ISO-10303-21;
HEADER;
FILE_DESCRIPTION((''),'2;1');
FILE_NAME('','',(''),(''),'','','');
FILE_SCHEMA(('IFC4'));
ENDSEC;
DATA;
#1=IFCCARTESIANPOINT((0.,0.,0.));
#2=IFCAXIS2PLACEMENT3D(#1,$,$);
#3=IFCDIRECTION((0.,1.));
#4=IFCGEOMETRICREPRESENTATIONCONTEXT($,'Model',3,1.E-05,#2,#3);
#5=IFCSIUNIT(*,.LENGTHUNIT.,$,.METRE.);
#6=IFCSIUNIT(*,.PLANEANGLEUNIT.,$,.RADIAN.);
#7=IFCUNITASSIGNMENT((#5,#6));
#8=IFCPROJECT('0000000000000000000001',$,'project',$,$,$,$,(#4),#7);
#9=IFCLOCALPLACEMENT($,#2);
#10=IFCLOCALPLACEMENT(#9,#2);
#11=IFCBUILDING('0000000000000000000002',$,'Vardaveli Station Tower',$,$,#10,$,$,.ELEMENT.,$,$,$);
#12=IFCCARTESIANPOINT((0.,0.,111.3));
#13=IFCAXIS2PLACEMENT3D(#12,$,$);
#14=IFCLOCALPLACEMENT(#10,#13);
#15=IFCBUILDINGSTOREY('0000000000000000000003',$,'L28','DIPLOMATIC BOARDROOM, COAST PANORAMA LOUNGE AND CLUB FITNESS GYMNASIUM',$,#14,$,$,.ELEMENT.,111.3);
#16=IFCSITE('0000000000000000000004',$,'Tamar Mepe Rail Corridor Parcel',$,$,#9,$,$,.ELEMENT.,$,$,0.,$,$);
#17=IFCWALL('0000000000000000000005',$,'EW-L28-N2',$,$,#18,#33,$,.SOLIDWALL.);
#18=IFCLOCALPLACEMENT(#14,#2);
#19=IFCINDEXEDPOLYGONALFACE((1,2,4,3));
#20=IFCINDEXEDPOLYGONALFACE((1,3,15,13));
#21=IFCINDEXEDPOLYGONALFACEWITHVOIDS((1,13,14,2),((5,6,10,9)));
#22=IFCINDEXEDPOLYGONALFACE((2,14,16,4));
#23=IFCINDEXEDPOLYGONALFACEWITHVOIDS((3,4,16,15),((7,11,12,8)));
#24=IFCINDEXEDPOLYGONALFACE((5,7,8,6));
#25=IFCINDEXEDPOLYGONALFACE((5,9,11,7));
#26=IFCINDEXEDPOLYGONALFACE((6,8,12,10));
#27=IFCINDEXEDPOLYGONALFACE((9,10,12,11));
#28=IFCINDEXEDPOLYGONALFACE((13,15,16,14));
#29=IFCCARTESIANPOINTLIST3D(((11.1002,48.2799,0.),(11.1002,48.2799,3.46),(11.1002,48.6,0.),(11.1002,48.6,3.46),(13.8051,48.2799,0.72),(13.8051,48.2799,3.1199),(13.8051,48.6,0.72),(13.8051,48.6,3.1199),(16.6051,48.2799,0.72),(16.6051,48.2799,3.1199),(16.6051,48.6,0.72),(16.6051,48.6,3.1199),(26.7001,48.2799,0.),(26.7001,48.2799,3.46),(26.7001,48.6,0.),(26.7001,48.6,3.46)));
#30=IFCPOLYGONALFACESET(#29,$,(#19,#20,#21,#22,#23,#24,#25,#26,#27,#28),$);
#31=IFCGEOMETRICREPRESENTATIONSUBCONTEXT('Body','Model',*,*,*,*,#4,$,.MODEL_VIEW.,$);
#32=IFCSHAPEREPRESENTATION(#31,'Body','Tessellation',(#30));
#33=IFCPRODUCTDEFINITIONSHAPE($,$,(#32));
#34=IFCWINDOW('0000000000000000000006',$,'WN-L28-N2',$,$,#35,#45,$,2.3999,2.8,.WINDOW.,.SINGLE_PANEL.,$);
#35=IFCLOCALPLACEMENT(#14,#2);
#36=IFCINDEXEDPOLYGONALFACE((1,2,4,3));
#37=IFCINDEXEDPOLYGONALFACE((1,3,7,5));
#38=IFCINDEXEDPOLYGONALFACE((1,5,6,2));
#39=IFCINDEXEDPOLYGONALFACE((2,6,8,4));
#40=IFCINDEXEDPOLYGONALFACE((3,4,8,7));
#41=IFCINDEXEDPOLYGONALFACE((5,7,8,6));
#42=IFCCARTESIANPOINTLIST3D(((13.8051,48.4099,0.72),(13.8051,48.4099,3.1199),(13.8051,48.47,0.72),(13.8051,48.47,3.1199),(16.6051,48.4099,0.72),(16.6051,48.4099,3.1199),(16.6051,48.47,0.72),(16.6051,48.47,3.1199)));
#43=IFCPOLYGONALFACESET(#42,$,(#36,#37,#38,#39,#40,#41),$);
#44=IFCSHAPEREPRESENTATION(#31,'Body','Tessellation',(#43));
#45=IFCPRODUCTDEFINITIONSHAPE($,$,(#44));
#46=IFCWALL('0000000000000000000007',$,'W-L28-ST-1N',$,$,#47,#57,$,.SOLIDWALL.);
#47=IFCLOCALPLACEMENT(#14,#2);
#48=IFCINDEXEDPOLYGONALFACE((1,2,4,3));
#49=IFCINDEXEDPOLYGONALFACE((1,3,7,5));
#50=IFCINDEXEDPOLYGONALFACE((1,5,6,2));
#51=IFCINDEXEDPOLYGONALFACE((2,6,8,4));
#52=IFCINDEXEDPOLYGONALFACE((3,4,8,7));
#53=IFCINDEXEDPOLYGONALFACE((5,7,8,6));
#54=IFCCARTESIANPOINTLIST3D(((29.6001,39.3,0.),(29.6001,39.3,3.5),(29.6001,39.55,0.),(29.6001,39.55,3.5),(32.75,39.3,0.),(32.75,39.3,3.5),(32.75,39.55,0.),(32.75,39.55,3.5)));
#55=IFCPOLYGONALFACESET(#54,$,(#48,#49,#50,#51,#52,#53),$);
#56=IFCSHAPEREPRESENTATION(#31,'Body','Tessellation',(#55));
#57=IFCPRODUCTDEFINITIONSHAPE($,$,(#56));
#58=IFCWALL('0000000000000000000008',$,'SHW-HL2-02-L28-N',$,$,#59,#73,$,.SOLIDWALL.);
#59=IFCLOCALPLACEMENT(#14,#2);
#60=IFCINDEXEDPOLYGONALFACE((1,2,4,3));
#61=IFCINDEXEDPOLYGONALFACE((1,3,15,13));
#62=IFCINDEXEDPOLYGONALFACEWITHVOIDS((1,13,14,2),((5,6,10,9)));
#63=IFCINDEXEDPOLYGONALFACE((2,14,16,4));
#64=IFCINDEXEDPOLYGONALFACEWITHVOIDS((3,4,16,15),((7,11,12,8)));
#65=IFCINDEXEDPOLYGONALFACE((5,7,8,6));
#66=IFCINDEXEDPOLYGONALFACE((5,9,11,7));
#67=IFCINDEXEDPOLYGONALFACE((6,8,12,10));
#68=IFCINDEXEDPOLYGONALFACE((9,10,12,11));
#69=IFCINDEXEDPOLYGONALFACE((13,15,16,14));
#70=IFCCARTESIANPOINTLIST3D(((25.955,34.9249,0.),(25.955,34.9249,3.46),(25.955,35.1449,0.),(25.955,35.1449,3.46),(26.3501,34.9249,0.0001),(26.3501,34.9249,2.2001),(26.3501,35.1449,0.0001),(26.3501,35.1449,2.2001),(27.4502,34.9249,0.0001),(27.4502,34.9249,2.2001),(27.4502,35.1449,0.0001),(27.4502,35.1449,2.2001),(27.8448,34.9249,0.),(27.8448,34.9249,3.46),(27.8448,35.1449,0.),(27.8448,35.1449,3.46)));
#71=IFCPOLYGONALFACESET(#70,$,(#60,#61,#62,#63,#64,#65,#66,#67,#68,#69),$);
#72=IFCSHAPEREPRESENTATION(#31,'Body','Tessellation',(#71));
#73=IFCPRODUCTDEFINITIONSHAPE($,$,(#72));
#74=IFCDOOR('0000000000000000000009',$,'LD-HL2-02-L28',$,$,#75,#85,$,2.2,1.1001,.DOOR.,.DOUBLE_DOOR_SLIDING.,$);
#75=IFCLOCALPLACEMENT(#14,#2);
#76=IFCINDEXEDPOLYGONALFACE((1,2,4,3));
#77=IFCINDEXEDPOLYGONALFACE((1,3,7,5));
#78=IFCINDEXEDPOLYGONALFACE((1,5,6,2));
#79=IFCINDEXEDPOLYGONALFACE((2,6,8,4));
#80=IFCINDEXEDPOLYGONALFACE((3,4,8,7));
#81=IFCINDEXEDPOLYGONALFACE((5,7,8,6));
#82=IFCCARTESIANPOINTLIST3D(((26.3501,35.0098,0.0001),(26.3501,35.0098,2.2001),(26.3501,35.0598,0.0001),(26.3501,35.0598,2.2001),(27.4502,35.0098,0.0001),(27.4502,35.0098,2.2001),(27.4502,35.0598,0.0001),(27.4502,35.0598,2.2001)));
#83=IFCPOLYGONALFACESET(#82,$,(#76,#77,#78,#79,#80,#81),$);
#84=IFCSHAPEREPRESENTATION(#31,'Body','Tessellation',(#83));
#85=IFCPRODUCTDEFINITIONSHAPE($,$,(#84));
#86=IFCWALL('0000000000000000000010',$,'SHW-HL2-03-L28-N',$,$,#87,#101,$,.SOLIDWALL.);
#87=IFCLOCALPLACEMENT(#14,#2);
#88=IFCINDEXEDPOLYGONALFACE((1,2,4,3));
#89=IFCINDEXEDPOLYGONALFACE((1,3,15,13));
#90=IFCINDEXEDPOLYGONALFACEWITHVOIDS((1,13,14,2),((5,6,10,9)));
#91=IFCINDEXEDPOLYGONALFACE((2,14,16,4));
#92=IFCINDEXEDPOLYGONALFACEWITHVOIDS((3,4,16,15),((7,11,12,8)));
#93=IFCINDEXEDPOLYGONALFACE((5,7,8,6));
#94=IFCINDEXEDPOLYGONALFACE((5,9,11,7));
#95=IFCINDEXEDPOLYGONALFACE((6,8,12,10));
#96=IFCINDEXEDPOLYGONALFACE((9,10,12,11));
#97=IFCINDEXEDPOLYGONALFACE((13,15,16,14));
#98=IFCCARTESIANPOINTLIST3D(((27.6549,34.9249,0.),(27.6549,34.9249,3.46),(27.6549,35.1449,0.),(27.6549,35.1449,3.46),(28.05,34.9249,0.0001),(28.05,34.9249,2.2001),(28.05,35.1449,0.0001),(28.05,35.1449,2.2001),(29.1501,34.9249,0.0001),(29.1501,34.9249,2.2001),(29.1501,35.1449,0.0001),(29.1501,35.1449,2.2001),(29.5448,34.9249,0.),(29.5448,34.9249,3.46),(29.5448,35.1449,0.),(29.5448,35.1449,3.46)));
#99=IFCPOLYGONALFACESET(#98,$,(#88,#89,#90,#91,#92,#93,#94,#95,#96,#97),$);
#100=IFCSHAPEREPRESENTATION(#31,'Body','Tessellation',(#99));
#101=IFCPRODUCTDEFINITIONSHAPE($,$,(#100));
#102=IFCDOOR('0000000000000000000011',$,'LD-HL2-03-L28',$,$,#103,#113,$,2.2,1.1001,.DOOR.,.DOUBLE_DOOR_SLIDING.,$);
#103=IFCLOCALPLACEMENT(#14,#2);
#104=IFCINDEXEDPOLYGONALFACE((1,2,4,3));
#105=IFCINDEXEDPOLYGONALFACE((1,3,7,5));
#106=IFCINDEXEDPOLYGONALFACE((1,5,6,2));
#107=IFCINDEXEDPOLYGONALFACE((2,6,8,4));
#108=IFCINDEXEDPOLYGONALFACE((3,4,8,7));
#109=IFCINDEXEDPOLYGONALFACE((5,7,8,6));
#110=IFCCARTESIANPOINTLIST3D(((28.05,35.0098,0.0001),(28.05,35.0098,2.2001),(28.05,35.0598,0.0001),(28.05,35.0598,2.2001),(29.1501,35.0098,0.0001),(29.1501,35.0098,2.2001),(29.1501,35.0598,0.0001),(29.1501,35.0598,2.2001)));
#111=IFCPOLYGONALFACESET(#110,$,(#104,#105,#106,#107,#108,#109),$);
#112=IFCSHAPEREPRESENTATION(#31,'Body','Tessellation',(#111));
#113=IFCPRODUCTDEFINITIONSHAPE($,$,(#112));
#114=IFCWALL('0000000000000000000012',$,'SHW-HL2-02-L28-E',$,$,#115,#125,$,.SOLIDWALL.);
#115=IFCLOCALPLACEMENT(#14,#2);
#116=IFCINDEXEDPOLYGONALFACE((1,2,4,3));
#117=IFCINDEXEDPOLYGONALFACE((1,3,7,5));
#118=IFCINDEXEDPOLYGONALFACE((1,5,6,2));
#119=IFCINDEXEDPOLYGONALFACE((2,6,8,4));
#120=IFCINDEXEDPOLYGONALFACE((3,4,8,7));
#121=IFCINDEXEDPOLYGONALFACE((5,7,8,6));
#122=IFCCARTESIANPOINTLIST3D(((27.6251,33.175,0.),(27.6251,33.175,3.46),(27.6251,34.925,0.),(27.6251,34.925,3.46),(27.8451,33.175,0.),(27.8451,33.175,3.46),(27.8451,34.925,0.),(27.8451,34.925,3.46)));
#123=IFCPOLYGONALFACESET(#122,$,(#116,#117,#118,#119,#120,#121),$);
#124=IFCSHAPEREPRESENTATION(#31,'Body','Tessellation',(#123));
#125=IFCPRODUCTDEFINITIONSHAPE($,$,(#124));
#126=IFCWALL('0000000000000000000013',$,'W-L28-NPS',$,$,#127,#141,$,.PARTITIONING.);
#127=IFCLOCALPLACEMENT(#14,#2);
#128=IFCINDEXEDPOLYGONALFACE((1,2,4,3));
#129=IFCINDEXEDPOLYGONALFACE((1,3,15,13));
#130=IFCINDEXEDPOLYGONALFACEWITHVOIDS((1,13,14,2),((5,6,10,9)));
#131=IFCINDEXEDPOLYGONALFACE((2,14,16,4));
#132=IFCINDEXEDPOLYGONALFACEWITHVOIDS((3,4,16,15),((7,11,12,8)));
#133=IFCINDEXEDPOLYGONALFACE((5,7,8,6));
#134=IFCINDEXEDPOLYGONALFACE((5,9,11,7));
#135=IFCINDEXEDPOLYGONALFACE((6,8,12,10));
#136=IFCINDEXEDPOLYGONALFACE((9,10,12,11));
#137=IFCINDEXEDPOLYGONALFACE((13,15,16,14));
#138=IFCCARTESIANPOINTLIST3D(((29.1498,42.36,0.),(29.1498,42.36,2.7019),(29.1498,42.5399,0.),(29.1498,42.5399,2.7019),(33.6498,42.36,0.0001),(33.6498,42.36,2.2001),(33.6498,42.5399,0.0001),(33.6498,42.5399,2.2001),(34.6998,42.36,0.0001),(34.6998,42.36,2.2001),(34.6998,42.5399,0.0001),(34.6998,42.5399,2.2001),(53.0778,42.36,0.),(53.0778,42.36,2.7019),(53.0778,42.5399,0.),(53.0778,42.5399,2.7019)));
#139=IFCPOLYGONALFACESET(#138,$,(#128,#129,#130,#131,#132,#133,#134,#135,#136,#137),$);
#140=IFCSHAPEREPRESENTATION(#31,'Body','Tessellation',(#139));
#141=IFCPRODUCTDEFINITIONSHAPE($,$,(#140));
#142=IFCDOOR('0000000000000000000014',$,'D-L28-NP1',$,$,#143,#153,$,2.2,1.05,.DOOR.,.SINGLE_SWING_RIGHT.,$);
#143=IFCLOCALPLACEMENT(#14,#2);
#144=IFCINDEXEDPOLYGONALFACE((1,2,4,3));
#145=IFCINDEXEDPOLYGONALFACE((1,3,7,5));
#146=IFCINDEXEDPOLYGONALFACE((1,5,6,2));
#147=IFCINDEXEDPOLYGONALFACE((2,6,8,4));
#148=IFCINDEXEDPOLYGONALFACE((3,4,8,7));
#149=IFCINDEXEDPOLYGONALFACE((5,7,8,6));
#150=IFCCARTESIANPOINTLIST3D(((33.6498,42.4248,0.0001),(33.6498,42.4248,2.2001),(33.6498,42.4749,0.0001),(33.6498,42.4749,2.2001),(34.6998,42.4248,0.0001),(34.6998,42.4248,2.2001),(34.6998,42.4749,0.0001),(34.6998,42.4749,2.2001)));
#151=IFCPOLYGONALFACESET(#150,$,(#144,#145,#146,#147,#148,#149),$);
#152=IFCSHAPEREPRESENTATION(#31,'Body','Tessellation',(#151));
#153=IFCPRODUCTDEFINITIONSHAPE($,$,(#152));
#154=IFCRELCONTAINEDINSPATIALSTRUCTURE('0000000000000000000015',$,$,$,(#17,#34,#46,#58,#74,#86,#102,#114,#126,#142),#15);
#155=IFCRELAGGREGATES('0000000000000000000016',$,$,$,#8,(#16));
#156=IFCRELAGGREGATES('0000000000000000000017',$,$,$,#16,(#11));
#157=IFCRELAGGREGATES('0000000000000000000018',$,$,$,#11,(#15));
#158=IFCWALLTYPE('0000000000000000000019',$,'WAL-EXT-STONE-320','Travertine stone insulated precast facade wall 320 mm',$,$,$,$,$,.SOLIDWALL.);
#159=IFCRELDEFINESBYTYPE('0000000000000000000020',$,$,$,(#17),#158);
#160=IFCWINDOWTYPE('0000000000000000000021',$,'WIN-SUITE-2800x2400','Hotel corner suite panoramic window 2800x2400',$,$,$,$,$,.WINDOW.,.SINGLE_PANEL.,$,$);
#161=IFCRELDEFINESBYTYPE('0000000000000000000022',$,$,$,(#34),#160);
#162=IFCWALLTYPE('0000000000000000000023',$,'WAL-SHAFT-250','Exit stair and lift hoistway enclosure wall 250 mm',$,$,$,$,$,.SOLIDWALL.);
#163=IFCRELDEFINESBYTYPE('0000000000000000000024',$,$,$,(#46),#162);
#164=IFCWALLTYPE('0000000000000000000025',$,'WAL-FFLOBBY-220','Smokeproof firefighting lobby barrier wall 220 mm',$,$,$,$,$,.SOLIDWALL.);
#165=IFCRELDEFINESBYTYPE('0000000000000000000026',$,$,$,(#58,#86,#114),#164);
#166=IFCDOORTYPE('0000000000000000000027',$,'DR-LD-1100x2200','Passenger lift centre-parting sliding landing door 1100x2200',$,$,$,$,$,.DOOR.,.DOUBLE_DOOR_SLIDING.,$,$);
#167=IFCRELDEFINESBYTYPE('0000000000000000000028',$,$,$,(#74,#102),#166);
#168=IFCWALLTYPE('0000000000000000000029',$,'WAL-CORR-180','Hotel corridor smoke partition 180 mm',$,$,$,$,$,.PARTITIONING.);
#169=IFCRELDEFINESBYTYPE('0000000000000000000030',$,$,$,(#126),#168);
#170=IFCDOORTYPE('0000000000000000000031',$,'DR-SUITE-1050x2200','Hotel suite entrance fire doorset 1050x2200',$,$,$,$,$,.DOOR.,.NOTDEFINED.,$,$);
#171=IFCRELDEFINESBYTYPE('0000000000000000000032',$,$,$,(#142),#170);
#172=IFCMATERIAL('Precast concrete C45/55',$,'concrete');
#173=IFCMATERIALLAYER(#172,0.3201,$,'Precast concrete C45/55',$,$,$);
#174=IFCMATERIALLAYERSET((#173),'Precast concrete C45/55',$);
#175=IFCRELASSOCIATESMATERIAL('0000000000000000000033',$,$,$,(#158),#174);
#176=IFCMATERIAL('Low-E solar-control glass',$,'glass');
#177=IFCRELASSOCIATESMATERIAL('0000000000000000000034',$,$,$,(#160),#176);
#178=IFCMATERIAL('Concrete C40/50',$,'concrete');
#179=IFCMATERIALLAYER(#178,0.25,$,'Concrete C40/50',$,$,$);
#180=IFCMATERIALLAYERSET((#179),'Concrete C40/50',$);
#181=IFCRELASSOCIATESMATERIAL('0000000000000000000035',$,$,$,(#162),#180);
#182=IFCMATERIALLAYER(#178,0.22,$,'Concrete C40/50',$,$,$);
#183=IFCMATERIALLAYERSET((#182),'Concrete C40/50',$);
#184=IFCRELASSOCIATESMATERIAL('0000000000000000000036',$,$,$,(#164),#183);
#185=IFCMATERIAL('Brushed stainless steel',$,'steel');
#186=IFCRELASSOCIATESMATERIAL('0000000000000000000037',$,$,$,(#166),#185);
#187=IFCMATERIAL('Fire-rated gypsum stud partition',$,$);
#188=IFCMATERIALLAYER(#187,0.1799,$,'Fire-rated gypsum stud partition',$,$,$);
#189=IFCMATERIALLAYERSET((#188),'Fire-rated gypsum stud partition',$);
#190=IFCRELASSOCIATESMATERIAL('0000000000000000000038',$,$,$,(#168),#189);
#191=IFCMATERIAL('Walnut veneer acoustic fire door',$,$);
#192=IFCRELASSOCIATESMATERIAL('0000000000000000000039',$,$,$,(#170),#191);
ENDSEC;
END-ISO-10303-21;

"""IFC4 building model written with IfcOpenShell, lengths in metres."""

from ifc_helpers import new_model, si_unit, direction, frame, frame_2d, origin, place, context, subcontext, project, spatial, rectangle, extrude, source, transform, mapped, material, layer, layer_set, type_object, element, fill, save


model = new_model("IFC4")

# Units and contexts
model_context = context("Model", 3, precision=1e-05, world=origin(), true_north=direction((0.0, 1.0)))
body_context = subcontext(model_context, "Body", "Model", "MODEL_VIEW")
ifc_project = project(units=[si_unit("LENGTHUNIT", "METRE"), si_unit("PLANEANGLEUNIT", "RADIAN")], contexts=[model_context])

# Site, building, storey
site_placement = place(None, origin())
site = spatial("IfcSite", under=ifc_project, at=site_placement, Name="Tamar Mepe Rail Corridor Parcel", CompositionType="ELEMENT", RefElevation=0.0)
building_placement = place(site_placement, origin())
building = spatial("IfcBuilding", under=site, at=building_placement, Name="Vardaveli Station Tower", CompositionType="ELEMENT")
storey_placement = place(building_placement, frame((0.0, 0.0, 111.3)))
storey = spatial("IfcBuildingStorey", under=building, at=storey_placement, Name="L28", Description="DIPLOMATIC BOARDROOM, COAST PANORAMA LOUNGE AND CLUB FITNESS GYMNASIUM", CompositionType="ELEMENT", Elevation=111.3)

# Shared definitions
ifc_material_1 = material(Name="Precast concrete C45/55", Category="concrete")

# Wall, opening, window
ifc_layer_1 = layer(ifc_material_1, 0.3201, Name="Precast concrete C45/55")
ifc_layer_set_1 = layer_set([ifc_layer_1], Name="Precast concrete C45/55")
wall_type_1 = type_object("IfcWallType", Name="WAL-EXT-STONE-320", Description="Travertine stone insulated precast facade wall 320 mm", PredefinedType="SOLIDWALL", material=ifc_layer_set_1)
shared_shape_1 = source(origin(), body_context, "Body", "SweptSolid", [
    extrude(rectangle(XDim=15.5999, YDim=0.3201, at=frame_2d((7.7998, 0.0))), origin(), (0.0, 0.0, 1.0), 3.46),
])
wall_1_placement = place(storey_placement, frame((26.7, 48.4399, 0.0), z_axis=(0.0, 0.0, 1.0), x_axis=(-1.0, 0.0, 0.0)))
wall_1 = element("IfcWall", 1, at=wall_1_placement, inside=storey, type_object=wall_type_1, Name="EW-L28-N2", PredefinedType="SOLIDWALL", context=body_context, shape_type="MappedRepresentation", body=[
    mapped(shared_shape_1, transform((0.0, 0.0, 0.0), scale=1.0)),
])
shared_shape_2 = source(origin(), body_context, "Body", "SweptSolid", [
    extrude(rectangle(XDim=2.8, YDim=2.3999, at=frame_2d((1.3999, 1.2))), frame((0.0, 0.1699, 0.0), z_axis=(0.0, -1.0, 0.0), x_axis=(1.0, 0.0, 0.0)), (0.0, 0.0, 1.0), 0.3401),
])
opening_1_placement = place(wall_1_placement, frame((10.095, 0.0, 0.72)))
opening_1 = element("IfcOpeningElement", 2, at=opening_1_placement, cuts=wall_1, PredefinedType="OPENING", context=body_context, shape_type="MappedRepresentation", body=[
    mapped(shared_shape_2, transform((0.0, 0.0, 0.0), scale=1.0)),
])
ifc_material_2 = material(Name="Low-E solar-control glass", Category="glass")
window_type = type_object("IfcWindowType", Name="WIN-SUITE-2800x2400", Description="Hotel corner suite panoramic window 2800x2400", PartitioningType="SINGLE_PANEL", PredefinedType="WINDOW", material=ifc_material_2)
shared_shape_3 = source(origin(), body_context, "Body", "SweptSolid", [
    extrude(rectangle(XDim=2.8, YDim=2.3999, at=frame_2d((1.3999, 1.2))), frame((0.0, 0.03, 0.0), z_axis=(0.0, -1.0, 0.0), x_axis=(1.0, 0.0, 0.0)), (0.0, 0.0, 1.0), 0.0601),
])
window_placement = place(opening_1_placement, origin())
window = element("IfcWindow", 3, at=window_placement, inside=storey, type_object=window_type, Name="WN-L28-N2", OverallHeight=2.3999, OverallWidth=2.8, PartitioningType="SINGLE_PANEL", PredefinedType="WINDOW", context=body_context, shape_type="MappedRepresentation", body=[
    mapped(shared_shape_3, transform((0.0, 0.0, 0.0), scale=1.0)),
])
fill(opening_1, window)

# Wall
ifc_material_3 = material(Name="Concrete C40/50", Category="concrete")
ifc_layer_2 = layer(ifc_material_3, 0.25, Name="Concrete C40/50")
ifc_layer_set_2 = layer_set([ifc_layer_2], Name="Concrete C40/50")
wall_type_2 = type_object("IfcWallType", Name="WAL-SHAFT-250", Description="Exit stair and lift hoistway enclosure wall 250 mm", PredefinedType="SOLIDWALL", material=ifc_layer_set_2)
shared_shape_4 = source(origin(), body_context, "Body", "SweptSolid", [
    extrude(rectangle(XDim=3.1499, YDim=0.25, at=frame_2d((1.575, 0.0))), origin(), (0.0, 0.0, 1.0), 3.5),
])
wall_2_placement = place(storey_placement, frame((29.6001, 39.425, 0.0), z_axis=(0.0, 0.0, 1.0), x_axis=(1.0, 0.0, 0.0)))
element("IfcWall", 4, at=wall_2_placement, inside=storey, type_object=wall_type_2, Name="W-L28-ST-1N", PredefinedType="SOLIDWALL", context=body_context, shape_type="MappedRepresentation", body=[
    mapped(shared_shape_4, transform((0.0, 0.0, 0.0), scale=1.0)),
])

# Walls, openings, doors
ifc_layer_3 = layer(ifc_material_3, 0.22, Name="Concrete C40/50")
ifc_layer_set_3 = layer_set([ifc_layer_3], Name="Concrete C40/50")
wall_type_3 = type_object("IfcWallType", Name="WAL-FFLOBBY-220", Description="Smokeproof firefighting lobby barrier wall 220 mm", PredefinedType="SOLIDWALL", material=ifc_layer_set_3)
shared_shape_5 = source(origin(), body_context, "Body", "SweptSolid", [
    extrude(rectangle(XDim=1.8899, YDim=0.22, at=frame_2d((0.9448, 0.0))), origin(), (0.0, 0.0, 1.0), 3.46),
])
wall_3_placement = place(storey_placement, frame((25.9551, 35.0349, 0.0), z_axis=(0.0, 0.0, 1.0), x_axis=(1.0, 0.0, 0.0)))
wall_3 = element("IfcWall", 5, at=wall_3_placement, inside=storey, type_object=wall_type_3, Name="SHW-HL2-02-L28-N", PredefinedType="SOLIDWALL", context=body_context, shape_type="MappedRepresentation", body=[
    mapped(shared_shape_5, transform((0.0, 0.0, 0.0), scale=1.0)),
])
shared_shape_6 = source(origin(), body_context, "Body", "SweptSolid", [
    extrude(rectangle(XDim=1.1001, YDim=2.2, at=frame_2d((0.55, 1.1001))), frame((0.0, 0.1201, 0.0), z_axis=(0.0, -1.0, 0.0), x_axis=(1.0, 0.0, 0.0)), (0.0, 0.0, 1.0), 0.24),
])
opening_2_placement = place(wall_3_placement, frame((0.395, 0.0, 0.0)))
opening_2 = element("IfcOpeningElement", 6, at=opening_2_placement, cuts=wall_3, PredefinedType="OPENING", context=body_context, shape_type="MappedRepresentation", body=[
    mapped(shared_shape_6, transform((0.0, 0.0, 0.0), scale=1.0)),
])
ifc_material_4 = material(Name="Brushed stainless steel", Category="steel")
door_type_1 = type_object("IfcDoorType", Name="DR-LD-1100x2200", Description="Passenger lift centre-parting sliding landing door 1100x2200", OperationType="DOUBLE_DOOR_SLIDING", PredefinedType="DOOR", material=ifc_material_4)
shared_shape_7 = source(origin(), body_context, "Body", "SweptSolid", [
    extrude(rectangle(XDim=1.1001, YDim=2.2, at=frame_2d((0.55, 1.1001))), frame((0.0, 0.0249, 0.0), z_axis=(0.0, -1.0, 0.0), x_axis=(1.0, 0.0, 0.0)), (0.0, 0.0, 1.0), 0.05),
])
door_1_placement = place(opening_2_placement, origin())
door_1 = element("IfcDoor", 7, at=door_1_placement, inside=storey, type_object=door_type_1, Name="LD-HL2-02-L28", OperationType="DOUBLE_DOOR_SLIDING", OverallHeight=2.2, OverallWidth=1.1001, PredefinedType="DOOR", context=body_context, shape_type="MappedRepresentation", body=[
    mapped(shared_shape_7, transform((0.0, 0.0, 0.0), scale=1.0)),
])
fill(opening_2, door_1)
wall_4_placement = place(storey_placement, frame((27.655, 35.0349, 0.0), z_axis=(0.0, 0.0, 1.0), x_axis=(1.0, 0.0, 0.0)))
wall_4 = element("IfcWall", 8, at=wall_4_placement, inside=storey, type_object=wall_type_3, Name="SHW-HL2-03-L28-N", PredefinedType="SOLIDWALL", context=body_context, shape_type="MappedRepresentation", body=[
    mapped(shared_shape_5, transform((0.0, 0.0, 0.0), scale=1.0)),
])
opening_3_placement = place(wall_4_placement, frame((0.395, 0.0, 0.0)))
opening_3 = element("IfcOpeningElement", 9, at=opening_3_placement, cuts=wall_4, PredefinedType="OPENING", context=body_context, shape_type="MappedRepresentation", body=[
    mapped(shared_shape_6, transform((0.0, 0.0, 0.0), scale=1.0)),
])
door_2_placement = place(opening_3_placement, origin())
door_2 = element("IfcDoor", 10, at=door_2_placement, inside=storey, type_object=door_type_1, Name="LD-HL2-03-L28", OperationType="DOUBLE_DOOR_SLIDING", OverallHeight=2.2, OverallWidth=1.1001, PredefinedType="DOOR", context=body_context, shape_type="MappedRepresentation", body=[
    mapped(shared_shape_7, transform((0.0, 0.0, 0.0), scale=1.0)),
])
fill(opening_3, door_2)

# Wall
shared_shape_8 = source(origin(), body_context, "Body", "SweptSolid", [
    extrude(rectangle(XDim=1.75, YDim=0.22, at=frame_2d((0.875, 0.0))), origin(), (0.0, 0.0, 1.0), 3.46),
])
wall_5_placement = place(storey_placement, frame((27.7351, 33.175, 0.0), z_axis=(0.0, 0.0, 1.0), x_axis=(0.0, 1.0, 0.0)))
element("IfcWall", 11, at=wall_5_placement, inside=storey, type_object=wall_type_3, Name="SHW-HL2-02-L28-E", PredefinedType="SOLIDWALL", context=body_context, shape_type="MappedRepresentation", body=[
    mapped(shared_shape_8, transform((0.0, 0.0, 0.0), scale=1.0)),
])

# Wall, opening, door
ifc_material_5 = material(Name="Fire-rated gypsum stud partition")
ifc_layer_4 = layer(ifc_material_5, 0.1799, Name="Fire-rated gypsum stud partition")
ifc_layer_set_4 = layer_set([ifc_layer_4], Name="Fire-rated gypsum stud partition")
wall_type_4 = type_object("IfcWallType", Name="WAL-CORR-180", Description="Hotel corridor smoke partition 180 mm", PredefinedType="PARTITIONING", material=ifc_layer_set_4)
shared_shape_9 = source(origin(), body_context, "Body", "SweptSolid", [
    extrude(rectangle(XDim=23.928, YDim=0.1799, at=frame_2d((11.9639, 0.0))), origin(), (0.0, 0.0, 1.0), 2.7019),
])
wall_6_placement = place(storey_placement, frame((29.1499, 42.45, 0.0), z_axis=(0.0, 0.0, 1.0), x_axis=(1.0, 0.0, 0.0)))
wall_6 = element("IfcWall", 12, at=wall_6_placement, inside=storey, type_object=wall_type_4, Name="W-L28-NPS", PredefinedType="PARTITIONING", context=body_context, shape_type="MappedRepresentation", body=[
    mapped(shared_shape_9, transform((0.0, 0.0, 0.0), scale=1.0)),
])
shared_shape_10 = source(origin(), body_context, "Body", "SweptSolid", [
    extrude(rectangle(XDim=1.05, YDim=2.2, at=frame_2d((0.5249, 1.1001))), frame((0.0, 0.1001, 0.0), z_axis=(0.0, -1.0, 0.0), x_axis=(1.0, 0.0, 0.0)), (0.0, 0.0, 1.0), 0.2),
])
opening_4_placement = place(wall_6_placement, frame((4.5, 0.0, 0.0)))
opening_4 = element("IfcOpeningElement", 13, at=opening_4_placement, cuts=wall_6, PredefinedType="OPENING", context=body_context, shape_type="MappedRepresentation", body=[
    mapped(shared_shape_10, transform((0.0, 0.0, 0.0), scale=1.0)),
])
ifc_material_6 = material(Name="Walnut veneer acoustic fire door")
door_type_2 = type_object("IfcDoorType", Name="DR-SUITE-1050x2200", Description="Hotel suite entrance fire doorset 1050x2200", OperationType="NOTDEFINED", PredefinedType="DOOR", material=ifc_material_6)
shared_shape_11 = source(origin(), body_context, "Body", "SweptSolid", [
    extrude(rectangle(XDim=1.05, YDim=2.2, at=frame_2d((0.5249, 1.1001))), frame((0.0, 0.0249, 0.0), z_axis=(0.0, -1.0, 0.0), x_axis=(1.0, 0.0, 0.0)), (0.0, 0.0, 1.0), 0.05),
])
door_3_placement = place(opening_4_placement, origin())
door_3 = element("IfcDoor", 14, at=door_3_placement, inside=storey, type_object=door_type_2, Name="D-L28-NP1", OperationType="SINGLE_SWING_RIGHT", OverallHeight=2.2, OverallWidth=1.05, PredefinedType="DOOR", context=body_context, shape_type="MappedRepresentation", body=[
    mapped(shared_shape_11, transform((0.0, 0.0, 0.0), scale=1.0)),
])
fill(opening_4, door_3)

save(model, "model.ifc")
